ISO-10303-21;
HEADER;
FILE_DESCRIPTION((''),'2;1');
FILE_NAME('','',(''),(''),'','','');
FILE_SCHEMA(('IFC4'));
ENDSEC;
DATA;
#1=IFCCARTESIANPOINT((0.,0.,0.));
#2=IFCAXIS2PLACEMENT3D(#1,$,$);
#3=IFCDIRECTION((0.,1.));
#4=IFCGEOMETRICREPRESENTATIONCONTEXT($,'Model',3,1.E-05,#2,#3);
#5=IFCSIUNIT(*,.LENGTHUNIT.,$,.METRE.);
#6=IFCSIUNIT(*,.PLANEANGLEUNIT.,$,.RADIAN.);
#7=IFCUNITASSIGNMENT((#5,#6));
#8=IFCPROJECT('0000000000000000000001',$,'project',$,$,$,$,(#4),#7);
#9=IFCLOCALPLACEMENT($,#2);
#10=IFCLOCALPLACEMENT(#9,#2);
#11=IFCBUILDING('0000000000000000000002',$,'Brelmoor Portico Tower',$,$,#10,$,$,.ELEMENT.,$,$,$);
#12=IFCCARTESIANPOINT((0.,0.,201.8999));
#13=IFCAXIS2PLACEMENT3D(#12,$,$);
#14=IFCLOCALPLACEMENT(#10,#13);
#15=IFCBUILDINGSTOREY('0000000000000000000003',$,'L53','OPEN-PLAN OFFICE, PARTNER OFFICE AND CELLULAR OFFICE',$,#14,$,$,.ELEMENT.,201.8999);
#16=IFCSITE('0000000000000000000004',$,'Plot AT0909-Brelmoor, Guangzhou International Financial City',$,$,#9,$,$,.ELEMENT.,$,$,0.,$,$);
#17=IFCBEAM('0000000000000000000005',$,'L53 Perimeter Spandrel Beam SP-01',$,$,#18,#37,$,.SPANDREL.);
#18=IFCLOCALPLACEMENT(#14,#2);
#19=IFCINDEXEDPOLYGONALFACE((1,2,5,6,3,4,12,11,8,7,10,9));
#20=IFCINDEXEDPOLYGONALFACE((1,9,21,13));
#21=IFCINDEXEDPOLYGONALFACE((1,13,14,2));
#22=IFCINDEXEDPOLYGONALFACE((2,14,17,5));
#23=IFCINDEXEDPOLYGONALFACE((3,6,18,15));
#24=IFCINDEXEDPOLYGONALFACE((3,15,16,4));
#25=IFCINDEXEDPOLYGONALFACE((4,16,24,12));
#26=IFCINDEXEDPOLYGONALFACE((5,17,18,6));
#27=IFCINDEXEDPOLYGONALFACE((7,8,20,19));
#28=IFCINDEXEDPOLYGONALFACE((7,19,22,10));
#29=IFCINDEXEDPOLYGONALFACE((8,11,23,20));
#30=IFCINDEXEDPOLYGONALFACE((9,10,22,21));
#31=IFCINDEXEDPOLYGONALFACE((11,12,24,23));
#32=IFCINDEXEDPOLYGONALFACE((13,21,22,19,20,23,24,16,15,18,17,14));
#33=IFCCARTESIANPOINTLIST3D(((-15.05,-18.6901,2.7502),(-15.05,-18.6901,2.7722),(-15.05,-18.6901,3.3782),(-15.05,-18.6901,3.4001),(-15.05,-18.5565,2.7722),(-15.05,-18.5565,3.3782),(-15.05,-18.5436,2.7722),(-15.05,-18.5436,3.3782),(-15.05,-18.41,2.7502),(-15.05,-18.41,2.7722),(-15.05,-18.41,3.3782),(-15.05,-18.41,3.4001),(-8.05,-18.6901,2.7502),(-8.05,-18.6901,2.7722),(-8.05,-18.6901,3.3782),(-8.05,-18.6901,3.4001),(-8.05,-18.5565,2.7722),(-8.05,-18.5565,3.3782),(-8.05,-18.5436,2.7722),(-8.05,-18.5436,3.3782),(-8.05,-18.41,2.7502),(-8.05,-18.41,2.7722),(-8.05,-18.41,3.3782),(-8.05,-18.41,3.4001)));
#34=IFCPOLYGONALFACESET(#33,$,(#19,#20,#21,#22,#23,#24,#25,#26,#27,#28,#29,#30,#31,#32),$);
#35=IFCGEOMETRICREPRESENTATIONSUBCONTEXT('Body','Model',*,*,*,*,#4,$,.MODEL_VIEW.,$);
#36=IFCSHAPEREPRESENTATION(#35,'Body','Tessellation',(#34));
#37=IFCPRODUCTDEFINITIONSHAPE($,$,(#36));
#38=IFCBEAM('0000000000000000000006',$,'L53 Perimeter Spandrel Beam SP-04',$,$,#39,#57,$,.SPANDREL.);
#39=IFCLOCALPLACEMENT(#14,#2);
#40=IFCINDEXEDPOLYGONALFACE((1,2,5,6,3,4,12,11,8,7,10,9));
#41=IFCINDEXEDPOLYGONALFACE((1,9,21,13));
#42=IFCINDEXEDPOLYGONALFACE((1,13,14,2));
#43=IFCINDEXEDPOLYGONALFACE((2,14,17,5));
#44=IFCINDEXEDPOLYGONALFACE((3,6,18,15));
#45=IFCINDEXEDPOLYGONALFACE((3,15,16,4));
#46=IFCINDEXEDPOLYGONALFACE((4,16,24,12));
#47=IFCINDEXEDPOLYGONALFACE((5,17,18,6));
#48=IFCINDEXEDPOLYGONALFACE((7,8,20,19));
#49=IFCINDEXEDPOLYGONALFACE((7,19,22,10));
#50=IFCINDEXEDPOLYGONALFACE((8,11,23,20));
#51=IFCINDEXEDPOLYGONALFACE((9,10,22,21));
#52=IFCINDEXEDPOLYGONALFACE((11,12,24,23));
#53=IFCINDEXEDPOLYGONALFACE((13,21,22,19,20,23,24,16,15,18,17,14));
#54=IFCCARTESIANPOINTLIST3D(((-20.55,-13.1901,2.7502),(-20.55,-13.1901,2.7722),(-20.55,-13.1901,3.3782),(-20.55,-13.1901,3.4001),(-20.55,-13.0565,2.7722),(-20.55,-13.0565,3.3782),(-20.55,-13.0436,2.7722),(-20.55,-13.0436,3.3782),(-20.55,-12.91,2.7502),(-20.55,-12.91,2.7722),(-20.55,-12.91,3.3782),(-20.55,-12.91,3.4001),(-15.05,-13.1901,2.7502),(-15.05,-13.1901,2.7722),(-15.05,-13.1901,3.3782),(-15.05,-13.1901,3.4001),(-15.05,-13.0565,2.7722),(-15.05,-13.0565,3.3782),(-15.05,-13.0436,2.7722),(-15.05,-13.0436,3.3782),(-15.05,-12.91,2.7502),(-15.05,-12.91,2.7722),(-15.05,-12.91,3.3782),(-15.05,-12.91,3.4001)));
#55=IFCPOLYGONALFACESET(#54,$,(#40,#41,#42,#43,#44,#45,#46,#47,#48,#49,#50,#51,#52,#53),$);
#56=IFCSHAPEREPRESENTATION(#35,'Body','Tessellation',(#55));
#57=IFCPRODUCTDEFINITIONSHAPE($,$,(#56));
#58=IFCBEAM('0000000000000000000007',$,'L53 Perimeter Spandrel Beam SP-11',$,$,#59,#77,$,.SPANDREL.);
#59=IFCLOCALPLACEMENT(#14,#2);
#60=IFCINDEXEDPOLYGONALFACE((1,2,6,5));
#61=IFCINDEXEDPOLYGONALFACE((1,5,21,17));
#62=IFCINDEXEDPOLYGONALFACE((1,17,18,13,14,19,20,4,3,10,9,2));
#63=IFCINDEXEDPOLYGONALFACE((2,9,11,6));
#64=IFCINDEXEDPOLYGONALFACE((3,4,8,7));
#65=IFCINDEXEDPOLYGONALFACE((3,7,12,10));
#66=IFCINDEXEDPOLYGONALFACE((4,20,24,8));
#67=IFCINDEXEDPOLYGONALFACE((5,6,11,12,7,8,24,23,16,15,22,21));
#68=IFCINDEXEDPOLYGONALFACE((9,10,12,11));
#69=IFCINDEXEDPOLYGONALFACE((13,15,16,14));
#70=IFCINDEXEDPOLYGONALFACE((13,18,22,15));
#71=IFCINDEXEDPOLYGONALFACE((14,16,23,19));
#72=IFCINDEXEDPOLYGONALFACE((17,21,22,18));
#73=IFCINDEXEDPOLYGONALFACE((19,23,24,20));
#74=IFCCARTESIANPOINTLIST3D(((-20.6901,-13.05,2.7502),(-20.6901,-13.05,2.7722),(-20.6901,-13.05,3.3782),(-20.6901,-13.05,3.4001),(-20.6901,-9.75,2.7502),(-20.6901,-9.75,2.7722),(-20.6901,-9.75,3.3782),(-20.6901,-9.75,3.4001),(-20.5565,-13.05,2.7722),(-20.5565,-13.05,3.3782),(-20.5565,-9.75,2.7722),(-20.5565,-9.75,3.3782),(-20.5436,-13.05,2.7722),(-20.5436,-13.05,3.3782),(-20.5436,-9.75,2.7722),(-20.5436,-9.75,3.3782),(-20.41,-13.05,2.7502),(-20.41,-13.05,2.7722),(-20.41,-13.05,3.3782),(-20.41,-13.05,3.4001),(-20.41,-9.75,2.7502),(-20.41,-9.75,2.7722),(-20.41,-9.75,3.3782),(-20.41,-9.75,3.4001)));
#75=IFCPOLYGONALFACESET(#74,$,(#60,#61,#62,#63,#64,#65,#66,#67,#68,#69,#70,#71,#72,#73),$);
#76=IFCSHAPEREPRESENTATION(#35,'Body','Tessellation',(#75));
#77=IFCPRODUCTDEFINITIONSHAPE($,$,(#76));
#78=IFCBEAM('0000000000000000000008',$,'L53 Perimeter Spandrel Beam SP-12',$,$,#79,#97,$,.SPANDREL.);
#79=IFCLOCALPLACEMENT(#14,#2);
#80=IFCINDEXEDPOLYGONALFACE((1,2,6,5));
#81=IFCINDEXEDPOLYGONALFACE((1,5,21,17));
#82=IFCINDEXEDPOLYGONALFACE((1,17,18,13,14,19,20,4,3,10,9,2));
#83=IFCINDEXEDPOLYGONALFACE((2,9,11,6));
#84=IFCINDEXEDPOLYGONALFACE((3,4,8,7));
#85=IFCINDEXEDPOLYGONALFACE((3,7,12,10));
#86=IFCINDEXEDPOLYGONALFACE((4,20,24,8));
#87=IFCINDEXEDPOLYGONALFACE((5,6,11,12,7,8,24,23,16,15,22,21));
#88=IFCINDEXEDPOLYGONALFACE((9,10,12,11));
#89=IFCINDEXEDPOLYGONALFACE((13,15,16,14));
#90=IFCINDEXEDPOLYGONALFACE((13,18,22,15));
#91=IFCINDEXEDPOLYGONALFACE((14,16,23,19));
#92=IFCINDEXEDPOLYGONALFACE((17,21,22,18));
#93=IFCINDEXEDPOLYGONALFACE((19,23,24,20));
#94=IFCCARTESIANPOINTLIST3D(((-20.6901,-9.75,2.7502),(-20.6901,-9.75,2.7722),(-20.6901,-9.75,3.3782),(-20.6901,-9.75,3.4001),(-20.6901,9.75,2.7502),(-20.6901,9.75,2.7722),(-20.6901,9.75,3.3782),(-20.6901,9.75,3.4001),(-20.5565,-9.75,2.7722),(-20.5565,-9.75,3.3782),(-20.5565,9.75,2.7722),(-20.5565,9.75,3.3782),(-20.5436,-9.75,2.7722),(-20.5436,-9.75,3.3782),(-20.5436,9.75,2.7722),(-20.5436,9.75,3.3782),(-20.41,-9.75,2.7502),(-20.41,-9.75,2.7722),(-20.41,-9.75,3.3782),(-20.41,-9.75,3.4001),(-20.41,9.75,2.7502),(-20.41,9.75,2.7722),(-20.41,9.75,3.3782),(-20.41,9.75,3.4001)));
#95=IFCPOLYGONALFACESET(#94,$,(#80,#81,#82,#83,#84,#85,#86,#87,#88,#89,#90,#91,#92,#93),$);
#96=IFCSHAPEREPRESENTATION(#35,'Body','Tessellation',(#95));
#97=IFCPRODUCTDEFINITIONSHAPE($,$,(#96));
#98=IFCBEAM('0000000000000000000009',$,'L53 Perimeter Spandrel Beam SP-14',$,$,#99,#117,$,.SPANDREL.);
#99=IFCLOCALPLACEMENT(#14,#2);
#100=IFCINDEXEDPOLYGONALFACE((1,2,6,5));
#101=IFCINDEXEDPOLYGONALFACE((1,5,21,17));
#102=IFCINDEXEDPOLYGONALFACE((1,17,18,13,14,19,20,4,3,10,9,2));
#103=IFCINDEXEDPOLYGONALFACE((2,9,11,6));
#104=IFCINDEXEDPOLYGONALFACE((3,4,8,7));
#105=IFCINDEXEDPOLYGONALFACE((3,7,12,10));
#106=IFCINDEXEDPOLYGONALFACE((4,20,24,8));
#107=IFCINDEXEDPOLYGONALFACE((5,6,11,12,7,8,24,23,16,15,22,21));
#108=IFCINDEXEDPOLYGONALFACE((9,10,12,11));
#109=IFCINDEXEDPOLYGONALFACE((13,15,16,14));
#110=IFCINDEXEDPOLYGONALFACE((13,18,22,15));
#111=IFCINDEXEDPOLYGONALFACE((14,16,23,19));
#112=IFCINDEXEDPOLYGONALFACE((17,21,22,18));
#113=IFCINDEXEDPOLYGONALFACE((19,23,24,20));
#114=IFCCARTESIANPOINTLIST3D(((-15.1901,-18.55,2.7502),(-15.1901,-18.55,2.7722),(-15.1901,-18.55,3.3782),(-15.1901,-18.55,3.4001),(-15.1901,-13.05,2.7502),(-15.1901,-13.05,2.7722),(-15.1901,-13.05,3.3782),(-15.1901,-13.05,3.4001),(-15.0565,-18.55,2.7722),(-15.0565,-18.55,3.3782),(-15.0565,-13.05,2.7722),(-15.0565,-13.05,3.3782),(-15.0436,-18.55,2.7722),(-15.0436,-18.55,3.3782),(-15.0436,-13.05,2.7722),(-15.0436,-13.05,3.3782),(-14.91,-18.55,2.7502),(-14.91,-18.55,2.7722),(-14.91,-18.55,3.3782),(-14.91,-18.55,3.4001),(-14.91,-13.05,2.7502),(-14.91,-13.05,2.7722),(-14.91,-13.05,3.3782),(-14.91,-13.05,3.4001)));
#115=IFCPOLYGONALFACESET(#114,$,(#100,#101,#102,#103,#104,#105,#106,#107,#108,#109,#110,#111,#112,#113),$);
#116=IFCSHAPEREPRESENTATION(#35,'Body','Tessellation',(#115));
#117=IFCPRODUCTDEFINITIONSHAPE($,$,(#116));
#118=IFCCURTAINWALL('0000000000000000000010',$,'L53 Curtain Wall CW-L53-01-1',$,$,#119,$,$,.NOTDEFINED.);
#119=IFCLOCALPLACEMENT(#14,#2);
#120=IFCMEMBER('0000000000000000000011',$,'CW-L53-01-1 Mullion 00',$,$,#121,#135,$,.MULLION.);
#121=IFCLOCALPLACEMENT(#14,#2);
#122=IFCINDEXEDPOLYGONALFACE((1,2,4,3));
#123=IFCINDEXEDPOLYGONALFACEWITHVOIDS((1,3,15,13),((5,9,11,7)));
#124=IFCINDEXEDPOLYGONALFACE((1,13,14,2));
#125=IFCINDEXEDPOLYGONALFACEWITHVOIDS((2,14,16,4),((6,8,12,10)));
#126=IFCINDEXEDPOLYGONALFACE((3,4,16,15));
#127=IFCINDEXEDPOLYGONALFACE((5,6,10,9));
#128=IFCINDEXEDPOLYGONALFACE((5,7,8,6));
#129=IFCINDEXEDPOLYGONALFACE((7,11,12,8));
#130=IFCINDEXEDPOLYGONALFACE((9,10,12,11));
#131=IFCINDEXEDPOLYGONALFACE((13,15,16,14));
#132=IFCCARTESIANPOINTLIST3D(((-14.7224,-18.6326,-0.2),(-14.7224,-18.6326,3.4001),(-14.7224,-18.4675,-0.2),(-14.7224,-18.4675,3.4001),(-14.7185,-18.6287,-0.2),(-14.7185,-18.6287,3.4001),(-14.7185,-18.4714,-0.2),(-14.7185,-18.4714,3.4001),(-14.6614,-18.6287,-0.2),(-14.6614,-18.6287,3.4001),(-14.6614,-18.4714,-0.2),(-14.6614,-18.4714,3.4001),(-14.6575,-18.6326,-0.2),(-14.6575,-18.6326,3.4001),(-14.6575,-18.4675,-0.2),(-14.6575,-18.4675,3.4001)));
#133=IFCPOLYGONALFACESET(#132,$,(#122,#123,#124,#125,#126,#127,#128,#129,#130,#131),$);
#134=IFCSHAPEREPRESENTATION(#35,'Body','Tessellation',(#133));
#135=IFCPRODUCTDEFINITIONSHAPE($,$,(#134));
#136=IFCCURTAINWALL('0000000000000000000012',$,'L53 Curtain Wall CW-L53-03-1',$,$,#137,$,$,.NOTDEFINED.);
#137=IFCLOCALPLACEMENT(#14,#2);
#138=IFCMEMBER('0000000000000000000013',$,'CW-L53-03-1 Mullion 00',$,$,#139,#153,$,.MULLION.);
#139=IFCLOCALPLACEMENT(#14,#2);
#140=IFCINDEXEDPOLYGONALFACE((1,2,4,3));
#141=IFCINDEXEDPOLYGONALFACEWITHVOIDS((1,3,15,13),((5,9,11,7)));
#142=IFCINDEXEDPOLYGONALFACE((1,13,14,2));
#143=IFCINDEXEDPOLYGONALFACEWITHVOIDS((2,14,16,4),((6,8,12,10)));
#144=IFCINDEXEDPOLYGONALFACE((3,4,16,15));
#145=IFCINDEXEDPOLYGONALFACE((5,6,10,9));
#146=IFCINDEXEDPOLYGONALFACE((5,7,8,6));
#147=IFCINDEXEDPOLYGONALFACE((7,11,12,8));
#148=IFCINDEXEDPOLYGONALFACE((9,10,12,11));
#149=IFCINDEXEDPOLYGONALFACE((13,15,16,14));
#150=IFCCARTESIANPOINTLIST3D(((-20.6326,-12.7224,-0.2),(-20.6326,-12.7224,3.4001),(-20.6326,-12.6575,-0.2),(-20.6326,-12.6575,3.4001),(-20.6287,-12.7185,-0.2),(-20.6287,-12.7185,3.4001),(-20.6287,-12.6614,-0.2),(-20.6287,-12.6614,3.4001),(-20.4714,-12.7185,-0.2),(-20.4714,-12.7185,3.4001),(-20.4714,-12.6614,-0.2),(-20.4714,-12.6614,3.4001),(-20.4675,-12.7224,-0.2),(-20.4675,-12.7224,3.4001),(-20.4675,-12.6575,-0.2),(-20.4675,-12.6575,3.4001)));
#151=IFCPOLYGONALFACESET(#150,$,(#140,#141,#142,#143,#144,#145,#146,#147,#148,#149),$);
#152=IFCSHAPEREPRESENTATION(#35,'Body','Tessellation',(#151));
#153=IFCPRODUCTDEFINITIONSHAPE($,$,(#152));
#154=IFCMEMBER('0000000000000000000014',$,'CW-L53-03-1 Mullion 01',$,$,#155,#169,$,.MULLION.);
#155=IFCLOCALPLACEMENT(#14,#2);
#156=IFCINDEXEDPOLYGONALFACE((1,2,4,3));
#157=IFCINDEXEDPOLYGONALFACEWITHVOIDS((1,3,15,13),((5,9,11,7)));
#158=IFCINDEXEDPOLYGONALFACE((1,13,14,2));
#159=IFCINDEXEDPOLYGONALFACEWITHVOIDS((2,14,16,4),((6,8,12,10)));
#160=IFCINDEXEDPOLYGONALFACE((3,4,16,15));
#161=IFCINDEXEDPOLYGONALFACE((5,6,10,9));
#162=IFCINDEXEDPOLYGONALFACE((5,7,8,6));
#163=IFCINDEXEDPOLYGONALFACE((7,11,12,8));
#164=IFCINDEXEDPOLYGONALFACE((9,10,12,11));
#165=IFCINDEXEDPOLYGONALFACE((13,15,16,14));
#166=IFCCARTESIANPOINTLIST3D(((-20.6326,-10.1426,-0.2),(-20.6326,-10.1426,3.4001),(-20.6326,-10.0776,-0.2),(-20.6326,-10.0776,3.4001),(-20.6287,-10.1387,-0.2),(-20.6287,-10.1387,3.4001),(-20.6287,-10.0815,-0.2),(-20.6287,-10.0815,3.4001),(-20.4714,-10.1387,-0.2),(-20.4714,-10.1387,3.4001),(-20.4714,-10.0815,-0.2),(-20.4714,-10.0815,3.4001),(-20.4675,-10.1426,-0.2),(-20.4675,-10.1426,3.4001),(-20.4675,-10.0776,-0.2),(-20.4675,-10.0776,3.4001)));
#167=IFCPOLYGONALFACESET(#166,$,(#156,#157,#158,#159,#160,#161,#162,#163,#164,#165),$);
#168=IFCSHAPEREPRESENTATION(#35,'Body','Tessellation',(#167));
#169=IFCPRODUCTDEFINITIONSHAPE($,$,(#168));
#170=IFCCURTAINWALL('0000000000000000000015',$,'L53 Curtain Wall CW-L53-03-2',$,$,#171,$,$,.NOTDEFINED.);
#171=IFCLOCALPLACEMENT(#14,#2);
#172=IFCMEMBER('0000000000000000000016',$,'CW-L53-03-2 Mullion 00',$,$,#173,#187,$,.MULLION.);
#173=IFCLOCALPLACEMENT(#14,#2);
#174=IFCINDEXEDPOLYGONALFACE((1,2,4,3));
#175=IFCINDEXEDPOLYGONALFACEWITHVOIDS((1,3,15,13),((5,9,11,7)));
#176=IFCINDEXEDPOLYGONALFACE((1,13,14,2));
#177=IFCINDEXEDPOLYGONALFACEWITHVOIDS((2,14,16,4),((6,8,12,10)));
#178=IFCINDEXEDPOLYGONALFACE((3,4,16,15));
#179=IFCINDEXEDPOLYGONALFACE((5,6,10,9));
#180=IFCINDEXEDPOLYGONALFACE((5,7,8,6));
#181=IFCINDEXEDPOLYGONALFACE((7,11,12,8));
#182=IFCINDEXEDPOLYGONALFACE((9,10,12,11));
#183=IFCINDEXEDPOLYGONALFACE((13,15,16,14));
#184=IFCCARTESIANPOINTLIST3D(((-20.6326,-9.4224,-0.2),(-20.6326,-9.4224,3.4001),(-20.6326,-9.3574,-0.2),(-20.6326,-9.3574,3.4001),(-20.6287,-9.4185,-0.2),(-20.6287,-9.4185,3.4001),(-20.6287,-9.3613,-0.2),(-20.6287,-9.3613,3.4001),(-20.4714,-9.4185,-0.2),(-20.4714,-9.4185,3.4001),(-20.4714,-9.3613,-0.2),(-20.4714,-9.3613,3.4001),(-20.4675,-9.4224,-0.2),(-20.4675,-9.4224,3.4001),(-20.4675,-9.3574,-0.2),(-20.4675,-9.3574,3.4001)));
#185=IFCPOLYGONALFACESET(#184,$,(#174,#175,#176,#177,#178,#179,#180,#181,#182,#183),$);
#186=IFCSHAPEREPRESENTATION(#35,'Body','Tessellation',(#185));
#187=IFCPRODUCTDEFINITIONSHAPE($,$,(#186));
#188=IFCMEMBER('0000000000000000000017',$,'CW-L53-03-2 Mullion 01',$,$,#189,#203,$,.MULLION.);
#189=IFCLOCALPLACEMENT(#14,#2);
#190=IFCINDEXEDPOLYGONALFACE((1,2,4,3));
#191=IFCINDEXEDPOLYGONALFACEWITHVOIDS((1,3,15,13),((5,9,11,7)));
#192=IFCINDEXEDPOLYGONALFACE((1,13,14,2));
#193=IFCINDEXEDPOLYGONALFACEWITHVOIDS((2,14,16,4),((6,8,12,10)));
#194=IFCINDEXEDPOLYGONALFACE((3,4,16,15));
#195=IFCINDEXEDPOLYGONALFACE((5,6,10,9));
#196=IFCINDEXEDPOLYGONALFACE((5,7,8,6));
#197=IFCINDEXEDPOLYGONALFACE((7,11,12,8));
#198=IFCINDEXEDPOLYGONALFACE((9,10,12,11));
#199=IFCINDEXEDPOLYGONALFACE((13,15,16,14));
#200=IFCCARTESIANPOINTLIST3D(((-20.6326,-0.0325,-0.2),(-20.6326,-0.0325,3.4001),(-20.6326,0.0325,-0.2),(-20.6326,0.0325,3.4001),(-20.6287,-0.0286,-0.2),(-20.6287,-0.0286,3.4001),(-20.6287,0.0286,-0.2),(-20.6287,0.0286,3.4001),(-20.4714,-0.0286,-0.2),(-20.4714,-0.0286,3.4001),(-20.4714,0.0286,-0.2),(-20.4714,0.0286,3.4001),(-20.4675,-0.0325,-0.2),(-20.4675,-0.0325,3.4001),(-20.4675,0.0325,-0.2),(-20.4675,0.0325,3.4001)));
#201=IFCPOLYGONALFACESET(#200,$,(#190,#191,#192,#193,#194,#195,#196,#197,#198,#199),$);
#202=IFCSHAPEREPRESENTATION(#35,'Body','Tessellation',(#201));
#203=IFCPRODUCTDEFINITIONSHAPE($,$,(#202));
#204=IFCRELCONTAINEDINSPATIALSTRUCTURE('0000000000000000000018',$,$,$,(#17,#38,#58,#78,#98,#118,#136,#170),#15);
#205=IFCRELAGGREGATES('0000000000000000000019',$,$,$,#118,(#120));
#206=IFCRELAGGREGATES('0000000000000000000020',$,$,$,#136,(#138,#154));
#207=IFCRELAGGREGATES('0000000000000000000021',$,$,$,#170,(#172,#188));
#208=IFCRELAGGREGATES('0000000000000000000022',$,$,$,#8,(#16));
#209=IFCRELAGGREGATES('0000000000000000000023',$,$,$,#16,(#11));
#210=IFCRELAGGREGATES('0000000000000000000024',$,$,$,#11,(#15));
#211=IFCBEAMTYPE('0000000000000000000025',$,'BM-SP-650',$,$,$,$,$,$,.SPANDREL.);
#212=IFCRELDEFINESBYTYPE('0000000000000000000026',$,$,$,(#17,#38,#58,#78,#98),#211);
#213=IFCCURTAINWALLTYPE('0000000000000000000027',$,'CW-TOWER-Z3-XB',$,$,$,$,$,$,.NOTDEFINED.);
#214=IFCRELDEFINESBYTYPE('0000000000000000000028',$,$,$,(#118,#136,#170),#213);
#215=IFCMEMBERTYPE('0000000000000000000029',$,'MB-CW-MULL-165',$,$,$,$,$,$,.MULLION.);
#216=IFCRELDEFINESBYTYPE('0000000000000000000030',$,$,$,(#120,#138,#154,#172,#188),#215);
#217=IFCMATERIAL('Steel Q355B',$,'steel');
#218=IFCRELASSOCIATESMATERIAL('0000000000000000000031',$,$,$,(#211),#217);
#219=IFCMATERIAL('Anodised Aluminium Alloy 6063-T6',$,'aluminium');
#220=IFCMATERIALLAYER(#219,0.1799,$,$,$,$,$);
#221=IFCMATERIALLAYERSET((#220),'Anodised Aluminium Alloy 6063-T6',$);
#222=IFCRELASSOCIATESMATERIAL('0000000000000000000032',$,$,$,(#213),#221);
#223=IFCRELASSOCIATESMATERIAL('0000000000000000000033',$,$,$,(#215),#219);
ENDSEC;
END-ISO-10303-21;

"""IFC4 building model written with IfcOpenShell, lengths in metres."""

from ifc_helpers import new_model, si_unit, direction, frame, origin, origin_2d, place, context, subcontext, project, spatial, hollow_rectangle, i_section, extrude, material, layer, layer_set, material_profile, profile_set, type_object, element, aggregate, save


model = new_model("IFC4")

# Units and contexts
model_context = context("Model", 3, precision=1e-05, world=origin(), true_north=direction((0.0, 1.0)))
body_context = subcontext(model_context, "Body", "Model", "MODEL_VIEW")
ifc_project = project(units=[si_unit("LENGTHUNIT", "METRE"), si_unit("PLANEANGLEUNIT", "RADIAN")], contexts=[model_context])

# Site, building, storey
site_placement = place(None, origin())
site = spatial("IfcSite", under=ifc_project, at=site_placement, Name="Plot AT0909-Brelmoor, Guangzhou International Financial City", CompositionType="ELEMENT", RefElevation=0.0)
building_placement = place(site_placement, origin())
building = spatial("IfcBuilding", under=site, at=building_placement, Name="Brelmoor Portico Tower", CompositionType="ELEMENT")
storey_placement = place(building_placement, frame((0.0, 0.0, 201.8999)))
storey = spatial("IfcBuildingStorey", under=building, at=storey_placement, Name="L53", Description="OPEN-PLAN OFFICE, PARTNER OFFICE AND CELLULAR OFFICE", CompositionType="ELEMENT", Elevation=201.8999)

# Shared definitions
ifc_material_1 = material(Name="Steel Q355B", Category="steel")

# Beams
ifc_material_profile_1 = material_profile(ifc_material_1, i_section(OverallWidth=0.28, OverallDepth=0.6499, WebThickness=0.0129, FlangeThickness=0.022, at=origin_2d()), Name="HN 650x280x13x22")
ifc_profile_set_1 = profile_set([ifc_material_profile_1], Name="Steel Q355B")
beam_type_1 = type_object("IfcBeamType", Name="BM-SP-650", PredefinedType="SPANDREL", material=ifc_profile_set_1)
beam_1_placement = place(storey_placement, frame((-15.05, -18.55, 3.0752), z_axis=(1.0, 0.0, 0.0), x_axis=(0.0, 1.0, 0.0)))
element("IfcBeam", 1, at=beam_1_placement, inside=storey, type_object=beam_type_1, Name="L53 Perimeter Spandrel Beam SP-01", PredefinedType="SPANDREL", context=body_context, shape_type="SweptSolid", body=[
    extrude(i_section(OverallWidth=0.28, OverallDepth=0.6499, WebThickness=0.0129, FlangeThickness=0.022, at=origin_2d()), origin(), (0.0, 0.0, 1.0), 7.0),
])
beam_2_placement = place(storey_placement, frame((-20.55, -13.05, 3.0752), z_axis=(1.0, 0.0, 0.0), x_axis=(0.0, 1.0, 0.0)))
element("IfcBeam", 2, at=beam_2_placement, inside=storey, type_object=beam_type_1, Name="L53 Perimeter Spandrel Beam SP-04", PredefinedType="SPANDREL", context=body_context, shape_type="SweptSolid", body=[
    extrude(i_section(OverallWidth=0.28, OverallDepth=0.6499, WebThickness=0.0129, FlangeThickness=0.022, at=origin_2d()), origin(), (0.0, 0.0, 1.0), 5.5),
])
beam_3_placement = place(storey_placement, frame((-20.55, -13.05, 3.0752), z_axis=(0.0, 1.0, 0.0), x_axis=(-1.0, 0.0, 0.0)))
element("IfcBeam", 3, at=beam_3_placement, inside=storey, type_object=beam_type_1, Name="L53 Perimeter Spandrel Beam SP-11", PredefinedType="SPANDREL", context=body_context, shape_type="SweptSolid", body=[
    extrude(i_section(OverallWidth=0.28, OverallDepth=0.6499, WebThickness=0.0129, FlangeThickness=0.022, at=origin_2d()), origin(), (0.0, 0.0, 1.0), 3.3),
])
beam_4_placement = place(storey_placement, frame((-20.55, -9.75, 3.0752), z_axis=(0.0, 1.0, 0.0), x_axis=(-1.0, 0.0, 0.0)))
element("IfcBeam", 4, at=beam_4_placement, inside=storey, type_object=beam_type_1, Name="L53 Perimeter Spandrel Beam SP-12", PredefinedType="SPANDREL", context=body_context, shape_type="SweptSolid", body=[
    extrude(i_section(OverallWidth=0.28, OverallDepth=0.6499, WebThickness=0.0129, FlangeThickness=0.022, at=origin_2d()), origin(), (0.0, 0.0, 1.0), 19.5),
])
beam_5_placement = place(storey_placement, frame((-15.05, -18.55, 3.0752), z_axis=(0.0, 1.0, 0.0), x_axis=(-1.0, 0.0, 0.0)))
element("IfcBeam", 5, at=beam_5_placement, inside=storey, type_object=beam_type_1, Name="L53 Perimeter Spandrel Beam SP-14", PredefinedType="SPANDREL", context=body_context, shape_type="SweptSolid", body=[
    extrude(i_section(OverallWidth=0.28, OverallDepth=0.6499, WebThickness=0.0129, FlangeThickness=0.022, at=origin_2d()), origin(), (0.0, 0.0, 1.0), 5.5),
])

# Curtain wall, member
ifc_material_2 = material(Name="Anodised Aluminium Alloy 6063-T6", Category="aluminium")
ifc_layer_1 = layer(ifc_material_2, 0.1799)
ifc_layer_set_1 = layer_set([ifc_layer_1], Name="Anodised Aluminium Alloy 6063-T6")
curtain_wall_type = type_object("IfcCurtainWallType", Name="CW-TOWER-Z3-XB", PredefinedType="NOTDEFINED", material=ifc_layer_set_1)
curtain_wall_1_placement = place(storey_placement, origin())
curtain_wall_1 = element("IfcCurtainWall", 6, at=curtain_wall_1_placement, inside=storey, type_object=curtain_wall_type, Name="L53 Curtain Wall CW-L53-01-1", PredefinedType="NOTDEFINED")
ifc_material_profile_2 = material_profile(ifc_material_2, hollow_rectangle(XDim=0.0649, YDim=0.165, WallThickness=0.0039, at=origin_2d()), Name="ALU MULLION 65x165")
ifc_profile_set_2 = profile_set([ifc_material_profile_2], Name="Anodised Aluminium Alloy 6063-T6")
member_type_1 = type_object("IfcMemberType", Name="MB-CW-MULL-165", PredefinedType="MULLION", material=ifc_profile_set_2)
member_1_placement = place(storey_placement, frame((-14.6899, -18.55, -0.2), z_axis=(0.0, 0.0, 1.0), x_axis=(1.0, 0.0, 0.0)))
member_1 = element("IfcMember", 7, at=member_1_placement, type_object=member_type_1, Name="CW-L53-01-1 Mullion 00", PredefinedType="MULLION", context=body_context, shape_type="SweptSolid", body=[
    extrude(hollow_rectangle(XDim=0.0649, YDim=0.165, WallThickness=0.0039, at=origin_2d()), origin(), (0.0, 0.0, 1.0), 3.6001),
])

# Curtain walls, members
curtain_wall_2_placement = place(storey_placement, origin())
curtain_wall_2 = element("IfcCurtainWall", 8, at=curtain_wall_2_placement, inside=storey, type_object=curtain_wall_type, Name="L53 Curtain Wall CW-L53-03-1", PredefinedType="NOTDEFINED")
member_2_placement = place(storey_placement, frame((-20.55, -12.6899, -0.2), z_axis=(0.0, 0.0, 1.0), x_axis=(0.0, 1.0, 0.0)))
member_2 = element("IfcMember", 9, at=member_2_placement, type_object=member_type_1, Name="CW-L53-03-1 Mullion 00", PredefinedType="MULLION", context=body_context, shape_type="SweptSolid", body=[
    extrude(hollow_rectangle(XDim=0.0649, YDim=0.165, WallThickness=0.0039, at=origin_2d()), origin(), (0.0, 0.0, 1.0), 3.6001),
])
member_3_placement = place(storey_placement, frame((-20.55, -10.1101, -0.2), z_axis=(0.0, 0.0, 1.0), x_axis=(0.0, 1.0, 0.0)))
member_3 = element("IfcMember", 10, at=member_3_placement, type_object=member_type_1, Name="CW-L53-03-1 Mullion 01", PredefinedType="MULLION", context=body_context, shape_type="SweptSolid", body=[
    extrude(hollow_rectangle(XDim=0.0649, YDim=0.165, WallThickness=0.0039, at=origin_2d()), origin(), (0.0, 0.0, 1.0), 3.6001),
])
curtain_wall_3_placement = place(storey_placement, origin())
curtain_wall_3 = element("IfcCurtainWall", 11, at=curtain_wall_3_placement, inside=storey, type_object=curtain_wall_type, Name="L53 Curtain Wall CW-L53-03-2", PredefinedType="NOTDEFINED")
member_4_placement = place(storey_placement, frame((-20.55, -9.3899, -0.2), z_axis=(0.0, 0.0, 1.0), x_axis=(0.0, 1.0, 0.0)))
member_4 = element("IfcMember", 12, at=member_4_placement, type_object=member_type_1, Name="CW-L53-03-2 Mullion 00", PredefinedType="MULLION", context=body_context, shape_type="SweptSolid", body=[
    extrude(hollow_rectangle(XDim=0.0649, YDim=0.165, WallThickness=0.0039, at=origin_2d()), origin(), (0.0, 0.0, 1.0), 3.6001),
])
member_5_placement = place(storey_placement, frame((-20.55, 0.0, -0.2), z_axis=(0.0, 0.0, 1.0), x_axis=(0.0, 1.0, 0.0)))
member_5 = element("IfcMember", 13, at=member_5_placement, type_object=member_type_1, Name="CW-L53-03-2 Mullion 01", PredefinedType="MULLION", context=body_context, shape_type="SweptSolid", body=[
    extrude(hollow_rectangle(XDim=0.0649, YDim=0.165, WallThickness=0.0039, at=origin_2d()), origin(), (0.0, 0.0, 1.0), 3.6001),
])

aggregate(curtain_wall_1, [member_1])

aggregate(curtain_wall_2, [member_2, member_3])
aggregate(curtain_wall_3, [member_4, member_5])

save(model, "model.ifc")
